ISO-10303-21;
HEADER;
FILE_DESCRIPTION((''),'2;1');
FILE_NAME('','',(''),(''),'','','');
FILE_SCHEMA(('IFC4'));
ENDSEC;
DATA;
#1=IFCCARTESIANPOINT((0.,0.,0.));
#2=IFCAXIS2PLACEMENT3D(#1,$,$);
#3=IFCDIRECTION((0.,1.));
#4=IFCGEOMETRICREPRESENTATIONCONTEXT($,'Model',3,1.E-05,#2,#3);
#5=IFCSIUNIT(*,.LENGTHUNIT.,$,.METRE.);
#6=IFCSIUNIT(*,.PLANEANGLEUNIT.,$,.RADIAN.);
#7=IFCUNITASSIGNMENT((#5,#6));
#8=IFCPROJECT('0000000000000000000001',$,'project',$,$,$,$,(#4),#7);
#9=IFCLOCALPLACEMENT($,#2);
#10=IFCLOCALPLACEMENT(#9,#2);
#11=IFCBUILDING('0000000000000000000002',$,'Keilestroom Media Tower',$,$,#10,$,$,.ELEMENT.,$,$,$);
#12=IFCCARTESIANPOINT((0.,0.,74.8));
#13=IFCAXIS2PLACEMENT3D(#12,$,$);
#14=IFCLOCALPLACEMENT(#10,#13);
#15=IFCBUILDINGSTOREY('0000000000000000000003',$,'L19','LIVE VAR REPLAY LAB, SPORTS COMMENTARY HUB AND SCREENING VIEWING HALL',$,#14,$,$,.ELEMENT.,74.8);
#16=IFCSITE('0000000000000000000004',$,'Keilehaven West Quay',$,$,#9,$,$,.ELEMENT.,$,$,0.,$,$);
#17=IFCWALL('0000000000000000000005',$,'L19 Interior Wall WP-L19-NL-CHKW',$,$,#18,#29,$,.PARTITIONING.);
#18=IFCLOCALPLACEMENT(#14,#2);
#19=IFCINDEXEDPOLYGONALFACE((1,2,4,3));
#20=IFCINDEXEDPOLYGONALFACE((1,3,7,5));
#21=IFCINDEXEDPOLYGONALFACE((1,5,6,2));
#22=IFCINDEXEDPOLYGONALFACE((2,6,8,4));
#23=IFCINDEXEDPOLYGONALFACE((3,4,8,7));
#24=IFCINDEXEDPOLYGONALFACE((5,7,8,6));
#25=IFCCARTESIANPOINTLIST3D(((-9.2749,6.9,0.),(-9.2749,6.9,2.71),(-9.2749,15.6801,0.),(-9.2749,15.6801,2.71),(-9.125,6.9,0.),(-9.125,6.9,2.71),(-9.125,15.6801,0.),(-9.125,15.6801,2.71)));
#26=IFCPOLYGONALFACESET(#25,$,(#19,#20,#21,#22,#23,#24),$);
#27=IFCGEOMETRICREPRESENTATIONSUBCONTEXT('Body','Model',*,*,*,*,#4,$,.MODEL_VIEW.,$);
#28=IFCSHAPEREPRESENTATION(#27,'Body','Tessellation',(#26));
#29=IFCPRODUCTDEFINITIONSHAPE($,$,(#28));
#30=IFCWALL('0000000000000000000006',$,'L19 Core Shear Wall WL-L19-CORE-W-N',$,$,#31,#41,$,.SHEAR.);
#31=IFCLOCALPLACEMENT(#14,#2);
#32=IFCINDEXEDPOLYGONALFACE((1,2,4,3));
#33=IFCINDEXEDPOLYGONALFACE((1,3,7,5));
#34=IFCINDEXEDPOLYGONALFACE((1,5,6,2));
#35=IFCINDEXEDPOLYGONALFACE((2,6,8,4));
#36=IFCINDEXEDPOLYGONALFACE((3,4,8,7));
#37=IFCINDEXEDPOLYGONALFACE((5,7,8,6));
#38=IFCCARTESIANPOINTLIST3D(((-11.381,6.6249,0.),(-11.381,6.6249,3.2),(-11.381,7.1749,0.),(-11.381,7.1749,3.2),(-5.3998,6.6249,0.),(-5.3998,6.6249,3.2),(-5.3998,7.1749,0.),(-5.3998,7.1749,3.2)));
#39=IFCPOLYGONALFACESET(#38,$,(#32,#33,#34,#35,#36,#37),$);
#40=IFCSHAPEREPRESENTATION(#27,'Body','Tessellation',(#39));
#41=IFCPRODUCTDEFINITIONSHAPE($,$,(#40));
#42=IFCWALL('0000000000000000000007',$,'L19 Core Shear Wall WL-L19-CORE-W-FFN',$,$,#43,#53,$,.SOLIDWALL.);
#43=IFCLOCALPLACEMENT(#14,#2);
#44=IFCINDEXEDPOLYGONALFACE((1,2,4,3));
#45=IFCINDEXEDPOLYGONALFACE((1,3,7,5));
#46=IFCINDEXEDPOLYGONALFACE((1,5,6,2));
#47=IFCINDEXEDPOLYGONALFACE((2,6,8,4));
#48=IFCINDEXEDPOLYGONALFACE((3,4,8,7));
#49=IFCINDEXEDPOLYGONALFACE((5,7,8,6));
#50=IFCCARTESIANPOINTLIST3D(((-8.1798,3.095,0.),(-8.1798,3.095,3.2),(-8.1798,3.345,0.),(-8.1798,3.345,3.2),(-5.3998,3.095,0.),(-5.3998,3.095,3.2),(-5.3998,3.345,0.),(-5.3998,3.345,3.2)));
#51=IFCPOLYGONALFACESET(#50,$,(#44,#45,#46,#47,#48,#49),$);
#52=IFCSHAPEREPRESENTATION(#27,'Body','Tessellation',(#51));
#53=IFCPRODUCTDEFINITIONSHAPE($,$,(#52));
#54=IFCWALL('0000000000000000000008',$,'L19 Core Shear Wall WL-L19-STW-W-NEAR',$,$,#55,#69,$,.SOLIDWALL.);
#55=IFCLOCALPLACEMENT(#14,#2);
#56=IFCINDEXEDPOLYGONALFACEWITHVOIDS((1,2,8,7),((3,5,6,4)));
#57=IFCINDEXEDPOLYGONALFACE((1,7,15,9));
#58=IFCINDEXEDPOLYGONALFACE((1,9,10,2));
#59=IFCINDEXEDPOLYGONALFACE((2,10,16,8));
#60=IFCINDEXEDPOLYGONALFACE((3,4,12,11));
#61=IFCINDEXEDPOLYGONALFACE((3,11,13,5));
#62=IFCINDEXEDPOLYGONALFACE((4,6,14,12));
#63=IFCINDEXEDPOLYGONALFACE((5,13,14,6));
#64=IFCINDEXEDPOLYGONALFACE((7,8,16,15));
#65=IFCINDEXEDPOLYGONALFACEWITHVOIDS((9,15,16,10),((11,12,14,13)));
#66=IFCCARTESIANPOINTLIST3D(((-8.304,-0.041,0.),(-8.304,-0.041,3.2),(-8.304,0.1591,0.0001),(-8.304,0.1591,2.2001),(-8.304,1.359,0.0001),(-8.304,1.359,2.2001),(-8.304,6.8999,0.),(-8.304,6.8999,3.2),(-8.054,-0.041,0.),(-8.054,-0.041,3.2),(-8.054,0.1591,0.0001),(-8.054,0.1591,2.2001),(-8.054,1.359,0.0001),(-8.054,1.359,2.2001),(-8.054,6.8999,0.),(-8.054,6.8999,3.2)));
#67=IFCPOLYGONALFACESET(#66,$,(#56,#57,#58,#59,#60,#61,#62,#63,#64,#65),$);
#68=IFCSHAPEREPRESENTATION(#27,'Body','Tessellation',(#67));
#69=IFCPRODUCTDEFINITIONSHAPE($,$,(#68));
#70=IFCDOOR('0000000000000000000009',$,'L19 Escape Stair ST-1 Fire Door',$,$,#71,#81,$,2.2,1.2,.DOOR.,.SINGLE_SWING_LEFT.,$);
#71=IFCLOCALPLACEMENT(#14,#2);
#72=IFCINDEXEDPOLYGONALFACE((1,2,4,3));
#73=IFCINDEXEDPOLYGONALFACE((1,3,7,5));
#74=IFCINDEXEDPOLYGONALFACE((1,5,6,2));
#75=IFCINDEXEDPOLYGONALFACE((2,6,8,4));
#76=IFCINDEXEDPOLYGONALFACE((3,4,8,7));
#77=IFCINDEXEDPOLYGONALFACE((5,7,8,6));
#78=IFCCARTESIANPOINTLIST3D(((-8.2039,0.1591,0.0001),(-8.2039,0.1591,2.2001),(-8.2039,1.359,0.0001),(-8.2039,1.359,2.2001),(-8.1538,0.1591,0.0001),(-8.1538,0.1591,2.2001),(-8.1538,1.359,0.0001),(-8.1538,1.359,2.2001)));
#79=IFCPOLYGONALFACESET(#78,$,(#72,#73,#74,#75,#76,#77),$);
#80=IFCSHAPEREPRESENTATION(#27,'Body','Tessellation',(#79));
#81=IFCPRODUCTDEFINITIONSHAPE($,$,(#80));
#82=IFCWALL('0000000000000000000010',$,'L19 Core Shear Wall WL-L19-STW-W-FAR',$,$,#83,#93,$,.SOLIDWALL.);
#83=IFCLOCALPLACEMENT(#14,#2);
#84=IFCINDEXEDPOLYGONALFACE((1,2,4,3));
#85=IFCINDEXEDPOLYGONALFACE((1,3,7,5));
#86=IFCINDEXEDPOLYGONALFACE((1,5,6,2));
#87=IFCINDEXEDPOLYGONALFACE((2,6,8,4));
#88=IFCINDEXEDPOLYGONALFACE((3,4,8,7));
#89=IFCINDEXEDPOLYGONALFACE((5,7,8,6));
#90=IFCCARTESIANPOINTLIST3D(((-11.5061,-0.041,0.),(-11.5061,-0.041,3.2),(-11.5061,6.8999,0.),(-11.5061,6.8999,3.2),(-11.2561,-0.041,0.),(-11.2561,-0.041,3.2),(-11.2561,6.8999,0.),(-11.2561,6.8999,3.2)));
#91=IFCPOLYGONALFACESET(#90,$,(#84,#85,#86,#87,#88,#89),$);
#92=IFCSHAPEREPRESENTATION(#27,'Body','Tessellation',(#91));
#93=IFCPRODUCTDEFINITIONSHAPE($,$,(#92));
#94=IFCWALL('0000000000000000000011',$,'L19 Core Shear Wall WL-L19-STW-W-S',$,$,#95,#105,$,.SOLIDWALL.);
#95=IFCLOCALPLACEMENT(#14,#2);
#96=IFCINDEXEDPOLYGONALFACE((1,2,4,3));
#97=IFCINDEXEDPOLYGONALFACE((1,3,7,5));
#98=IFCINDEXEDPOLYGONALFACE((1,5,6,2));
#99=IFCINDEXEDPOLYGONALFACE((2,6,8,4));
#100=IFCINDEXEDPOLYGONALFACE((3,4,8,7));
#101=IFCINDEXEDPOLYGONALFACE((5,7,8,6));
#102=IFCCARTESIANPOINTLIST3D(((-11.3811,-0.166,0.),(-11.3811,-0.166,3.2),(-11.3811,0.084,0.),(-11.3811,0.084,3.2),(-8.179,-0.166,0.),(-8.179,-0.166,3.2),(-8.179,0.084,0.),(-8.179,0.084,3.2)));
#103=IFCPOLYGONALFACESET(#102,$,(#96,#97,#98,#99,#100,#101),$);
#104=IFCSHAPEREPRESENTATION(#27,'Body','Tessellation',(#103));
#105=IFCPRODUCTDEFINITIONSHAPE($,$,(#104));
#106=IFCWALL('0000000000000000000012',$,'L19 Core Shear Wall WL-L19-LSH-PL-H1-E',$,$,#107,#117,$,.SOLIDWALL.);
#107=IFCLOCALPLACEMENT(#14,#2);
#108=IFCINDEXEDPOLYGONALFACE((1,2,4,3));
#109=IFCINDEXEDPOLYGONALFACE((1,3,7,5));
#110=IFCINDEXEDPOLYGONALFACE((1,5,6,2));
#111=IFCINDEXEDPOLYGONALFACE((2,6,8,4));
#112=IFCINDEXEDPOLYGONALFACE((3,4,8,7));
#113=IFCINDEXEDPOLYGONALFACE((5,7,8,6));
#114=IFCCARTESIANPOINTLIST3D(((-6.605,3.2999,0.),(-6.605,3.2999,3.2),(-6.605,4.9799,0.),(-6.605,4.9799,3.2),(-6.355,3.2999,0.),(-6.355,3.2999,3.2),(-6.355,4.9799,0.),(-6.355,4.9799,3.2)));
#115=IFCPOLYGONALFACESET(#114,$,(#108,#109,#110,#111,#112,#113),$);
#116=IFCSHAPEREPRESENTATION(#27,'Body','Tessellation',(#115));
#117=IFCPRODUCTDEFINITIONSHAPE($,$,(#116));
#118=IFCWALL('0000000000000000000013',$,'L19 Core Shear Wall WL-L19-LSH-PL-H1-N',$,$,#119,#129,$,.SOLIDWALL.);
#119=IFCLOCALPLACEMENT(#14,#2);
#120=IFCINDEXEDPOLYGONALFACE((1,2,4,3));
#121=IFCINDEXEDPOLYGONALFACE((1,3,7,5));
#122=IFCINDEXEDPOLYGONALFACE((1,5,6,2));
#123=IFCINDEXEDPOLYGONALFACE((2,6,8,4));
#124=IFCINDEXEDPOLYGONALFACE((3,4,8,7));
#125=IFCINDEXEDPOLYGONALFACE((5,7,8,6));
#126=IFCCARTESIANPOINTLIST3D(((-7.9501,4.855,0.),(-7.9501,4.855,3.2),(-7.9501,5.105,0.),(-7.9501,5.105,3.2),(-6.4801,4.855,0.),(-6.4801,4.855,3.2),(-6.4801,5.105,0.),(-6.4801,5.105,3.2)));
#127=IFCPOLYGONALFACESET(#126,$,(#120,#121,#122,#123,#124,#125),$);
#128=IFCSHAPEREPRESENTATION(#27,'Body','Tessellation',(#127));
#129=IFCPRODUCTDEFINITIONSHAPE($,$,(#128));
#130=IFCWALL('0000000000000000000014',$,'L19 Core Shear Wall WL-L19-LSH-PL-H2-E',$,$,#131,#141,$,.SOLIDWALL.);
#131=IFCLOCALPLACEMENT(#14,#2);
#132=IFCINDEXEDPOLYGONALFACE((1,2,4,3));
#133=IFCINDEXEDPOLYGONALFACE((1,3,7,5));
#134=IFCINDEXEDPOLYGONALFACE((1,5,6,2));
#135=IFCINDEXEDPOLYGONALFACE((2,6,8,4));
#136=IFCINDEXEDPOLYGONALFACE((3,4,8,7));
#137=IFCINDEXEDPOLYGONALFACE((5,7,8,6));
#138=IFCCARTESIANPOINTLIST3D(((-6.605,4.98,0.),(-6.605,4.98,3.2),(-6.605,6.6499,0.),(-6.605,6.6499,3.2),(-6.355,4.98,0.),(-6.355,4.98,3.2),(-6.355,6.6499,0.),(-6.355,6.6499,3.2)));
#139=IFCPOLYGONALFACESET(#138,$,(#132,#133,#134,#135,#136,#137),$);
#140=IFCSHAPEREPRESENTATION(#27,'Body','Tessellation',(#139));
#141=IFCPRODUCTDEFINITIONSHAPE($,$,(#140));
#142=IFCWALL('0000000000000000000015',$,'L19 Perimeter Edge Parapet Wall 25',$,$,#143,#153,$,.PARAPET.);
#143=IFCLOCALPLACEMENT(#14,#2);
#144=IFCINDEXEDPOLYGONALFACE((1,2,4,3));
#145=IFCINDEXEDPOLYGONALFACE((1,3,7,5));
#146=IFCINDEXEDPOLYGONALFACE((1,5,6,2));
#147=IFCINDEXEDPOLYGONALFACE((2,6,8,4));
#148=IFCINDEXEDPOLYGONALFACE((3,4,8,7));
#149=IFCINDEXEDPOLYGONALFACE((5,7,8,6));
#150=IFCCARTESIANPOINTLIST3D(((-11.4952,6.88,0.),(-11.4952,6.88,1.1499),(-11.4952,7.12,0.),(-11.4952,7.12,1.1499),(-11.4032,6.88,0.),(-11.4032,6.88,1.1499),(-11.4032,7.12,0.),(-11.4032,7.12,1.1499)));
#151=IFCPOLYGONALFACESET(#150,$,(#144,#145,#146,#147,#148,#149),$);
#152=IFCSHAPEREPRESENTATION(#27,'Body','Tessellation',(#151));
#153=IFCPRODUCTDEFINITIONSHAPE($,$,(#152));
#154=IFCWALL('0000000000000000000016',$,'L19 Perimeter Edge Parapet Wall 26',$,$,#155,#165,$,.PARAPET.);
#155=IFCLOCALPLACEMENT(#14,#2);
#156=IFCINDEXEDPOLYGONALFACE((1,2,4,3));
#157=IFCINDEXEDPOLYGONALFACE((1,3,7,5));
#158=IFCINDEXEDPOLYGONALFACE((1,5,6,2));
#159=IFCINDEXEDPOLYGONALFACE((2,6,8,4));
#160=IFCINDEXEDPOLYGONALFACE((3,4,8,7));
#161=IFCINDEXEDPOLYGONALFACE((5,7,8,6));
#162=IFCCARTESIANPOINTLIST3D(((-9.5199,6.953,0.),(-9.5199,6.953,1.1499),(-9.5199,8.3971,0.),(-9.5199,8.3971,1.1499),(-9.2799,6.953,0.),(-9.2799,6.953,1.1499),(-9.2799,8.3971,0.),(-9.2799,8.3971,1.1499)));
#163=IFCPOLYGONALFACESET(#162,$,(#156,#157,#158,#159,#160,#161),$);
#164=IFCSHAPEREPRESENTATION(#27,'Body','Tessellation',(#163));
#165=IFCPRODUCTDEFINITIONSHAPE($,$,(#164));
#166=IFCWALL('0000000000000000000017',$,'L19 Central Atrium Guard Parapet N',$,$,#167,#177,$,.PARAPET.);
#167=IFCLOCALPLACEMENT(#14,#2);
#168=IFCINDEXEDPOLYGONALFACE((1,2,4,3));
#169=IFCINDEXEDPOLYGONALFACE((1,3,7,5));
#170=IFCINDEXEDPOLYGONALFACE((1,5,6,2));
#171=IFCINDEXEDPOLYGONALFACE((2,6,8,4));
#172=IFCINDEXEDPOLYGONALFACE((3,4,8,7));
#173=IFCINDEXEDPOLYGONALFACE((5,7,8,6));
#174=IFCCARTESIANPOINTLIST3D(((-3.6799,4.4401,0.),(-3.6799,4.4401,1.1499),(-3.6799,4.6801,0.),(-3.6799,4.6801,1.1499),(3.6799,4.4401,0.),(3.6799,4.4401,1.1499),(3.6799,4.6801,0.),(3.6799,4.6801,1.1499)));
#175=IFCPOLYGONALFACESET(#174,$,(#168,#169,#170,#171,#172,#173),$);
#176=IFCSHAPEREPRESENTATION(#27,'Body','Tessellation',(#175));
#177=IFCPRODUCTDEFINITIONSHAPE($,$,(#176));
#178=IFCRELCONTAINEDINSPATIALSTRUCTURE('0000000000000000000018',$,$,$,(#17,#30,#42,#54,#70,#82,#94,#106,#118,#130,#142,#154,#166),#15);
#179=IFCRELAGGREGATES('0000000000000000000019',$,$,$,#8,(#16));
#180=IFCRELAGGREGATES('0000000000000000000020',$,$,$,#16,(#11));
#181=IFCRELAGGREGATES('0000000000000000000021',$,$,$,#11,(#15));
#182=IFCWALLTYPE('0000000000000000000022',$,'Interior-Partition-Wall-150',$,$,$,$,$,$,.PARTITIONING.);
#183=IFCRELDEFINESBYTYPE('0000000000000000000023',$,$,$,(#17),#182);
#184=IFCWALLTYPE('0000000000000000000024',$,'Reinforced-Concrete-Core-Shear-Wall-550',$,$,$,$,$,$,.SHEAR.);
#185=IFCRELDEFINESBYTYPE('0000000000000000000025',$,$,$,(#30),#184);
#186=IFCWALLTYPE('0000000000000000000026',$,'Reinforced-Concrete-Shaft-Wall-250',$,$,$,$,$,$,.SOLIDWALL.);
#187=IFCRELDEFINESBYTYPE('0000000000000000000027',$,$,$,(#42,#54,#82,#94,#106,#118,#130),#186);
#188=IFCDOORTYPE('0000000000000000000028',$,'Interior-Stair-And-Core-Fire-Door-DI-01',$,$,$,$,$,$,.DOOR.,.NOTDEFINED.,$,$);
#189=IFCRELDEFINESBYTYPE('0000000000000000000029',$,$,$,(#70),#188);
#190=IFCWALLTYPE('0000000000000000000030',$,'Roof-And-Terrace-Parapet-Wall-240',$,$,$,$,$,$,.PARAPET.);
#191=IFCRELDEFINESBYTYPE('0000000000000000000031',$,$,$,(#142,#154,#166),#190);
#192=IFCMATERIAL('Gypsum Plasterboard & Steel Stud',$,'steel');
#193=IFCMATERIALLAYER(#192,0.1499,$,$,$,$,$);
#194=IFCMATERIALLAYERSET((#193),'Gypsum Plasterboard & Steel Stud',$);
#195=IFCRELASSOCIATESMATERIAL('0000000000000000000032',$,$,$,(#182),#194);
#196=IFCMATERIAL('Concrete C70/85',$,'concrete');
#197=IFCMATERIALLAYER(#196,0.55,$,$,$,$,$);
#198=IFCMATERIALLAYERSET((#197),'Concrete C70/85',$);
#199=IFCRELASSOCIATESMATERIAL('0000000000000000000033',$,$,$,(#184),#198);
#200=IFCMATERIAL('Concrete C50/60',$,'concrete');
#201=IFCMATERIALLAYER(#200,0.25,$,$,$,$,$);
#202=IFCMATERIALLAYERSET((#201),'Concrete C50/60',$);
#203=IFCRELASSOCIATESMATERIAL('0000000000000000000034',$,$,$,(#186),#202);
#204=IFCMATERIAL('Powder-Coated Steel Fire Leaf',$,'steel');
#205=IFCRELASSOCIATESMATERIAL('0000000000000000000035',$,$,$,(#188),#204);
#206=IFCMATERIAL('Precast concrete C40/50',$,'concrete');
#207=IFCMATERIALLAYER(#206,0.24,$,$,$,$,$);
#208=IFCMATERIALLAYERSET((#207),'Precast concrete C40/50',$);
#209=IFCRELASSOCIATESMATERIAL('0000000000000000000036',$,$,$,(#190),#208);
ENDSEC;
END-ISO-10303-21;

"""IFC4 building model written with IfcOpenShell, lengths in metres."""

from ifc_helpers import new_model, si_unit, direction, frame, frame_2d, origin, place, context, subcontext, project, spatial, rectangle, extrude, source, transform, mapped, material, layer, layer_set, type_object, element, fill, save


model = new_model("IFC4")

# Units and contexts
model_context = context("Model", 3, precision=1e-05, world=origin(), true_north=direction((0.0, 1.0)))
body_context = subcontext(model_context, "Body", "Model", "MODEL_VIEW")
ifc_project = project(units=[si_unit("LENGTHUNIT", "METRE"), si_unit("PLANEANGLEUNIT", "RADIAN")], contexts=[model_context])

# Site, building, storey
site_placement = place(None, origin())
site = spatial("IfcSite", under=ifc_project, at=site_placement, Name="Keilehaven West Quay", CompositionType="ELEMENT", RefElevation=0.0)
building_placement = place(site_placement, origin())
building = spatial("IfcBuilding", under=site, at=building_placement, Name="Keilestroom Media Tower", CompositionType="ELEMENT")
storey_placement = place(building_placement, frame((0.0, 0.0, 74.8)))
storey = spatial("IfcBuildingStorey", under=building, at=storey_placement, Name="L19", Description="LIVE VAR REPLAY LAB, SPORTS COMMENTARY HUB AND SCREENING VIEWING HALL", CompositionType="ELEMENT", Elevation=74.8)

# Shared definitions
ifc_material_1 = material(Name="Concrete C70/85", Category="concrete")

# Shared definitions
ifc_material_2 = material(Name="Concrete C50/60", Category="concrete")

# Walls
ifc_material_3 = material(Name="Gypsum Plasterboard & Steel Stud", Category="steel")
ifc_layer_1 = layer(ifc_material_3, 0.1499)
ifc_layer_set_1 = layer_set([ifc_layer_1], Name="Gypsum Plasterboard & Steel Stud")
wall_type_1 = type_object("IfcWallType", Name="Interior-Partition-Wall-150", PredefinedType="PARTITIONING", material=ifc_layer_set_1)
wall_1_placement = place(storey_placement, frame((-9.2, 6.8999, 0.0), z_axis=(0.0, 0.0, 1.0), x_axis=(0.0, 1.0, 0.0)))
element("IfcWall", 1, at=wall_1_placement, inside=storey, type_object=wall_type_1, Name="L19 Interior Wall WP-L19-NL-CHKW", PredefinedType="PARTITIONING", context=body_context, shape_type="SweptSolid", body=[
    extrude(rectangle(XDim=8.78, YDim=0.1499, at=frame_2d((4.3901, 0.0))), origin(), (0.0, 0.0, 1.0), 2.71),
])
ifc_layer_2 = layer(ifc_material_1, 0.55)
ifc_layer_set_2 = layer_set([ifc_layer_2], Name="Concrete C70/85")
wall_type_2 = type_object("IfcWallType", Name="Reinforced-Concrete-Core-Shear-Wall-550", PredefinedType="SHEAR", material=ifc_layer_set_2)
wall_2_placement = place(storey_placement, frame((-11.3811, 6.8999, 0.0), z_axis=(0.0, 0.0, 1.0), x_axis=(1.0, 0.0, 0.0)))
element("IfcWall", 2, at=wall_2_placement, inside=storey, type_object=wall_type_2, Name="L19 Core Shear Wall WL-L19-CORE-W-N", PredefinedType="SHEAR", context=body_context, shape_type="SweptSolid", body=[
    extrude(rectangle(XDim=5.9812, YDim=0.55, at=frame_2d((2.9907, 0.0))), origin(), (0.0, 0.0, 1.0), 3.2),
])
ifc_layer_3 = layer(ifc_material_2, 0.25)
ifc_layer_set_3 = layer_set([ifc_layer_3], Name="Concrete C50/60")
wall_type_3 = type_object("IfcWallType", Name="Reinforced-Concrete-Shaft-Wall-250", PredefinedType="SOLIDWALL", material=ifc_layer_set_3)
wall_3_placement = place(storey_placement, frame((-8.1799, 3.22, 0.0), z_axis=(0.0, 0.0, 1.0), x_axis=(1.0, 0.0, 0.0)))
element("IfcWall", 3, at=wall_3_placement, inside=storey, type_object=wall_type_3, Name="L19 Core Shear Wall WL-L19-CORE-W-FFN", PredefinedType="SOLIDWALL", context=body_context, shape_type="SweptSolid", body=[
    extrude(rectangle(XDim=2.78, YDim=0.25, at=frame_2d((1.3901, 0.0))), origin(), (0.0, 0.0, 1.0), 3.2),
])

# Wall, opening, door
wall_4_placement = place(storey_placement, frame((-8.179, -0.041, 0.0), z_axis=(0.0, 0.0, 1.0), x_axis=(0.0, 1.0, 0.0)))
wall_4 = element("IfcWall", 4, at=wall_4_placement, inside=storey, type_object=wall_type_3, Name="L19 Core Shear Wall WL-L19-STW-W-NEAR", PredefinedType="SOLIDWALL", context=body_context, shape_type="SweptSolid", body=[
    extrude(rectangle(XDim=6.9409, YDim=0.25, at=frame_2d((3.4705, 0.0))), origin(), (0.0, 0.0, 1.0), 3.2),
])
opening_placement = place(wall_4_placement, frame((0.2, 0.0, 0.0)))
opening = element("IfcOpeningElement", 5, at=opening_placement, cuts=wall_4, PredefinedType="OPENING", context=body_context, shape_type="SweptSolid", body=[
    extrude(rectangle(XDim=1.2, YDim=2.2, at=frame_2d((0.6001, 1.1001))), frame((0.0, 0.135, 0.0), z_axis=(0.0, -1.0, 0.0), x_axis=(1.0, 0.0, 0.0)), (0.0, 0.0, 1.0), 0.27),
])
ifc_material_4 = material(Name="Powder-Coated Steel Fire Leaf", Category="steel")
door_type = type_object("IfcDoorType", Name="Interior-Stair-And-Core-Fire-Door-DI-01", OperationType="NOTDEFINED", PredefinedType="DOOR", material=ifc_material_4)
shared_shape_1 = source(origin(), body_context, "Body", "SweptSolid", [
    extrude(rectangle(XDim=1.2, YDim=2.2, at=frame_2d((0.6001, 1.1001))), frame((0.0, 0.0249, 0.0), z_axis=(0.0, -1.0, 0.0), x_axis=(1.0, 0.0, 0.0)), (0.0, 0.0, 1.0), 0.05),
])
door_placement = place(opening_placement, origin())
door = element("IfcDoor", 6, at=door_placement, inside=storey, type_object=door_type, Name="L19 Escape Stair ST-1 Fire Door", OperationType="SINGLE_SWING_LEFT", OverallHeight=2.2, OverallWidth=1.2, PredefinedType="DOOR", context=body_context, shape_type="MappedRepresentation", body=[
    mapped(shared_shape_1, transform((0.0, 0.0, 0.0), x_axis=(1.0, 0.0, 0.0), y_axis=(0.0, 1.0, 0.0), z_axis=(0.0, 0.0, 1.0), scale=1.0)),
])
fill(opening, door)

# Walls
wall_5_placement = place(storey_placement, frame((-11.3811, -0.041, 0.0), z_axis=(0.0, 0.0, 1.0), x_axis=(0.0, 1.0, 0.0)))
element("IfcWall", 7, at=wall_5_placement, inside=storey, type_object=wall_type_3, Name="L19 Core Shear Wall WL-L19-STW-W-FAR", PredefinedType="SOLIDWALL", context=body_context, shape_type="SweptSolid", body=[
    extrude(rectangle(XDim=6.9409, YDim=0.25, at=frame_2d((3.4705, 0.0))), origin(), (0.0, 0.0, 1.0), 3.2),
])
wall_6_placement = place(storey_placement, frame((-11.3811, -0.041, 0.0), z_axis=(0.0, 0.0, 1.0), x_axis=(1.0, 0.0, 0.0)))
element("IfcWall", 8, at=wall_6_placement, inside=storey, type_object=wall_type_3, Name="L19 Core Shear Wall WL-L19-STW-W-S", PredefinedType="SOLIDWALL", context=body_context, shape_type="SweptSolid", body=[
    extrude(rectangle(XDim=3.2021, YDim=0.25, at=frame_2d((1.6011, 0.0))), origin(), (0.0, 0.0, 1.0), 3.2),
])
wall_7_placement = place(storey_placement, frame((-6.48, 3.3, 0.0), z_axis=(0.0, 0.0, 1.0), x_axis=(0.0, 1.0, 0.0)))
element("IfcWall", 9, at=wall_7_placement, inside=storey, type_object=wall_type_3, Name="L19 Core Shear Wall WL-L19-LSH-PL-H1-E", PredefinedType="SOLIDWALL", context=body_context, shape_type="SweptSolid", body=[
    extrude(rectangle(XDim=1.6799, YDim=0.25, at=frame_2d((0.8398, 0.0))), origin(), (0.0, 0.0, 1.0), 3.2),
])
wall_8_placement = place(storey_placement, frame((-7.95, 4.98, 0.0), z_axis=(0.0, 0.0, 1.0), x_axis=(1.0, 0.0, 0.0)))
element("IfcWall", 10, at=wall_8_placement, inside=storey, type_object=wall_type_3, Name="L19 Core Shear Wall WL-L19-LSH-PL-H1-N", PredefinedType="SOLIDWALL", context=body_context, shape_type="SweptSolid", body=[
    extrude(rectangle(XDim=1.47, YDim=0.25, at=frame_2d((0.7349, 0.0))), origin(), (0.0, 0.0, 1.0), 3.2),
])
wall_9_placement = place(storey_placement, frame((-6.48, 4.98, 0.0), z_axis=(0.0, 0.0, 1.0), x_axis=(0.0, 1.0, 0.0)))
element("IfcWall", 11, at=wall_9_placement, inside=storey, type_object=wall_type_3, Name="L19 Core Shear Wall WL-L19-LSH-PL-H2-E", PredefinedType="SOLIDWALL", context=body_context, shape_type="SweptSolid", body=[
    extrude(rectangle(XDim=1.6699, YDim=0.25, at=frame_2d((0.835, 0.0))), origin(), (0.0, 0.0, 1.0), 3.2),
])
ifc_material_5 = material(Name="Precast concrete C40/50", Category="concrete")
ifc_layer_4 = layer(ifc_material_5, 0.24)
ifc_layer_set_4 = layer_set([ifc_layer_4], Name="Precast concrete C40/50")
wall_type_4 = type_object("IfcWallType", Name="Roof-And-Terrace-Parapet-Wall-240", PredefinedType="PARAPET", material=ifc_layer_set_4)
wall_10_placement = place(storey_placement, frame((-11.4951, 7.0, 0.0), z_axis=(0.0, 0.0, 1.0), x_axis=(1.0, 0.0, 0.0)))
element("IfcWall", 12, at=wall_10_placement, inside=storey, type_object=wall_type_4, Name="L19 Perimeter Edge Parapet Wall 25", PredefinedType="PARAPET", context=body_context, shape_type="SweptSolid", body=[
    extrude(rectangle(XDim=0.092, YDim=0.24, at=frame_2d((0.0459, 0.0))), origin(), (0.0, 0.0, 1.0), 1.1499),
])
wall_11_placement = place(storey_placement, frame((-9.3999, 6.9529, 0.0), z_axis=(0.0, 0.0, 1.0), x_axis=(0.0, 1.0, 0.0)))
element("IfcWall", 13, at=wall_11_placement, inside=storey, type_object=wall_type_4, Name="L19 Perimeter Edge Parapet Wall 26", PredefinedType="PARAPET", context=body_context, shape_type="SweptSolid", body=[
    extrude(rectangle(XDim=1.4441, YDim=0.24, at=frame_2d((0.7222, 0.0))), origin(), (0.0, 0.0, 1.0), 1.1499),
])
wall_12_placement = place(storey_placement, frame((-3.6799, 4.5601, 0.0), z_axis=(0.0, 0.0, 1.0), x_axis=(1.0, 0.0, 0.0)))
element("IfcWall", 14, at=wall_12_placement, inside=storey, type_object=wall_type_4, Name="L19 Central Atrium Guard Parapet N", PredefinedType="PARAPET", context=body_context, shape_type="SweptSolid", body=[
    extrude(rectangle(XDim=7.3599, YDim=0.24, at=frame_2d((3.6799, 0.0))), origin(), (0.0, 0.0, 1.0), 1.1499),
])

save(model, "model.ifc")
